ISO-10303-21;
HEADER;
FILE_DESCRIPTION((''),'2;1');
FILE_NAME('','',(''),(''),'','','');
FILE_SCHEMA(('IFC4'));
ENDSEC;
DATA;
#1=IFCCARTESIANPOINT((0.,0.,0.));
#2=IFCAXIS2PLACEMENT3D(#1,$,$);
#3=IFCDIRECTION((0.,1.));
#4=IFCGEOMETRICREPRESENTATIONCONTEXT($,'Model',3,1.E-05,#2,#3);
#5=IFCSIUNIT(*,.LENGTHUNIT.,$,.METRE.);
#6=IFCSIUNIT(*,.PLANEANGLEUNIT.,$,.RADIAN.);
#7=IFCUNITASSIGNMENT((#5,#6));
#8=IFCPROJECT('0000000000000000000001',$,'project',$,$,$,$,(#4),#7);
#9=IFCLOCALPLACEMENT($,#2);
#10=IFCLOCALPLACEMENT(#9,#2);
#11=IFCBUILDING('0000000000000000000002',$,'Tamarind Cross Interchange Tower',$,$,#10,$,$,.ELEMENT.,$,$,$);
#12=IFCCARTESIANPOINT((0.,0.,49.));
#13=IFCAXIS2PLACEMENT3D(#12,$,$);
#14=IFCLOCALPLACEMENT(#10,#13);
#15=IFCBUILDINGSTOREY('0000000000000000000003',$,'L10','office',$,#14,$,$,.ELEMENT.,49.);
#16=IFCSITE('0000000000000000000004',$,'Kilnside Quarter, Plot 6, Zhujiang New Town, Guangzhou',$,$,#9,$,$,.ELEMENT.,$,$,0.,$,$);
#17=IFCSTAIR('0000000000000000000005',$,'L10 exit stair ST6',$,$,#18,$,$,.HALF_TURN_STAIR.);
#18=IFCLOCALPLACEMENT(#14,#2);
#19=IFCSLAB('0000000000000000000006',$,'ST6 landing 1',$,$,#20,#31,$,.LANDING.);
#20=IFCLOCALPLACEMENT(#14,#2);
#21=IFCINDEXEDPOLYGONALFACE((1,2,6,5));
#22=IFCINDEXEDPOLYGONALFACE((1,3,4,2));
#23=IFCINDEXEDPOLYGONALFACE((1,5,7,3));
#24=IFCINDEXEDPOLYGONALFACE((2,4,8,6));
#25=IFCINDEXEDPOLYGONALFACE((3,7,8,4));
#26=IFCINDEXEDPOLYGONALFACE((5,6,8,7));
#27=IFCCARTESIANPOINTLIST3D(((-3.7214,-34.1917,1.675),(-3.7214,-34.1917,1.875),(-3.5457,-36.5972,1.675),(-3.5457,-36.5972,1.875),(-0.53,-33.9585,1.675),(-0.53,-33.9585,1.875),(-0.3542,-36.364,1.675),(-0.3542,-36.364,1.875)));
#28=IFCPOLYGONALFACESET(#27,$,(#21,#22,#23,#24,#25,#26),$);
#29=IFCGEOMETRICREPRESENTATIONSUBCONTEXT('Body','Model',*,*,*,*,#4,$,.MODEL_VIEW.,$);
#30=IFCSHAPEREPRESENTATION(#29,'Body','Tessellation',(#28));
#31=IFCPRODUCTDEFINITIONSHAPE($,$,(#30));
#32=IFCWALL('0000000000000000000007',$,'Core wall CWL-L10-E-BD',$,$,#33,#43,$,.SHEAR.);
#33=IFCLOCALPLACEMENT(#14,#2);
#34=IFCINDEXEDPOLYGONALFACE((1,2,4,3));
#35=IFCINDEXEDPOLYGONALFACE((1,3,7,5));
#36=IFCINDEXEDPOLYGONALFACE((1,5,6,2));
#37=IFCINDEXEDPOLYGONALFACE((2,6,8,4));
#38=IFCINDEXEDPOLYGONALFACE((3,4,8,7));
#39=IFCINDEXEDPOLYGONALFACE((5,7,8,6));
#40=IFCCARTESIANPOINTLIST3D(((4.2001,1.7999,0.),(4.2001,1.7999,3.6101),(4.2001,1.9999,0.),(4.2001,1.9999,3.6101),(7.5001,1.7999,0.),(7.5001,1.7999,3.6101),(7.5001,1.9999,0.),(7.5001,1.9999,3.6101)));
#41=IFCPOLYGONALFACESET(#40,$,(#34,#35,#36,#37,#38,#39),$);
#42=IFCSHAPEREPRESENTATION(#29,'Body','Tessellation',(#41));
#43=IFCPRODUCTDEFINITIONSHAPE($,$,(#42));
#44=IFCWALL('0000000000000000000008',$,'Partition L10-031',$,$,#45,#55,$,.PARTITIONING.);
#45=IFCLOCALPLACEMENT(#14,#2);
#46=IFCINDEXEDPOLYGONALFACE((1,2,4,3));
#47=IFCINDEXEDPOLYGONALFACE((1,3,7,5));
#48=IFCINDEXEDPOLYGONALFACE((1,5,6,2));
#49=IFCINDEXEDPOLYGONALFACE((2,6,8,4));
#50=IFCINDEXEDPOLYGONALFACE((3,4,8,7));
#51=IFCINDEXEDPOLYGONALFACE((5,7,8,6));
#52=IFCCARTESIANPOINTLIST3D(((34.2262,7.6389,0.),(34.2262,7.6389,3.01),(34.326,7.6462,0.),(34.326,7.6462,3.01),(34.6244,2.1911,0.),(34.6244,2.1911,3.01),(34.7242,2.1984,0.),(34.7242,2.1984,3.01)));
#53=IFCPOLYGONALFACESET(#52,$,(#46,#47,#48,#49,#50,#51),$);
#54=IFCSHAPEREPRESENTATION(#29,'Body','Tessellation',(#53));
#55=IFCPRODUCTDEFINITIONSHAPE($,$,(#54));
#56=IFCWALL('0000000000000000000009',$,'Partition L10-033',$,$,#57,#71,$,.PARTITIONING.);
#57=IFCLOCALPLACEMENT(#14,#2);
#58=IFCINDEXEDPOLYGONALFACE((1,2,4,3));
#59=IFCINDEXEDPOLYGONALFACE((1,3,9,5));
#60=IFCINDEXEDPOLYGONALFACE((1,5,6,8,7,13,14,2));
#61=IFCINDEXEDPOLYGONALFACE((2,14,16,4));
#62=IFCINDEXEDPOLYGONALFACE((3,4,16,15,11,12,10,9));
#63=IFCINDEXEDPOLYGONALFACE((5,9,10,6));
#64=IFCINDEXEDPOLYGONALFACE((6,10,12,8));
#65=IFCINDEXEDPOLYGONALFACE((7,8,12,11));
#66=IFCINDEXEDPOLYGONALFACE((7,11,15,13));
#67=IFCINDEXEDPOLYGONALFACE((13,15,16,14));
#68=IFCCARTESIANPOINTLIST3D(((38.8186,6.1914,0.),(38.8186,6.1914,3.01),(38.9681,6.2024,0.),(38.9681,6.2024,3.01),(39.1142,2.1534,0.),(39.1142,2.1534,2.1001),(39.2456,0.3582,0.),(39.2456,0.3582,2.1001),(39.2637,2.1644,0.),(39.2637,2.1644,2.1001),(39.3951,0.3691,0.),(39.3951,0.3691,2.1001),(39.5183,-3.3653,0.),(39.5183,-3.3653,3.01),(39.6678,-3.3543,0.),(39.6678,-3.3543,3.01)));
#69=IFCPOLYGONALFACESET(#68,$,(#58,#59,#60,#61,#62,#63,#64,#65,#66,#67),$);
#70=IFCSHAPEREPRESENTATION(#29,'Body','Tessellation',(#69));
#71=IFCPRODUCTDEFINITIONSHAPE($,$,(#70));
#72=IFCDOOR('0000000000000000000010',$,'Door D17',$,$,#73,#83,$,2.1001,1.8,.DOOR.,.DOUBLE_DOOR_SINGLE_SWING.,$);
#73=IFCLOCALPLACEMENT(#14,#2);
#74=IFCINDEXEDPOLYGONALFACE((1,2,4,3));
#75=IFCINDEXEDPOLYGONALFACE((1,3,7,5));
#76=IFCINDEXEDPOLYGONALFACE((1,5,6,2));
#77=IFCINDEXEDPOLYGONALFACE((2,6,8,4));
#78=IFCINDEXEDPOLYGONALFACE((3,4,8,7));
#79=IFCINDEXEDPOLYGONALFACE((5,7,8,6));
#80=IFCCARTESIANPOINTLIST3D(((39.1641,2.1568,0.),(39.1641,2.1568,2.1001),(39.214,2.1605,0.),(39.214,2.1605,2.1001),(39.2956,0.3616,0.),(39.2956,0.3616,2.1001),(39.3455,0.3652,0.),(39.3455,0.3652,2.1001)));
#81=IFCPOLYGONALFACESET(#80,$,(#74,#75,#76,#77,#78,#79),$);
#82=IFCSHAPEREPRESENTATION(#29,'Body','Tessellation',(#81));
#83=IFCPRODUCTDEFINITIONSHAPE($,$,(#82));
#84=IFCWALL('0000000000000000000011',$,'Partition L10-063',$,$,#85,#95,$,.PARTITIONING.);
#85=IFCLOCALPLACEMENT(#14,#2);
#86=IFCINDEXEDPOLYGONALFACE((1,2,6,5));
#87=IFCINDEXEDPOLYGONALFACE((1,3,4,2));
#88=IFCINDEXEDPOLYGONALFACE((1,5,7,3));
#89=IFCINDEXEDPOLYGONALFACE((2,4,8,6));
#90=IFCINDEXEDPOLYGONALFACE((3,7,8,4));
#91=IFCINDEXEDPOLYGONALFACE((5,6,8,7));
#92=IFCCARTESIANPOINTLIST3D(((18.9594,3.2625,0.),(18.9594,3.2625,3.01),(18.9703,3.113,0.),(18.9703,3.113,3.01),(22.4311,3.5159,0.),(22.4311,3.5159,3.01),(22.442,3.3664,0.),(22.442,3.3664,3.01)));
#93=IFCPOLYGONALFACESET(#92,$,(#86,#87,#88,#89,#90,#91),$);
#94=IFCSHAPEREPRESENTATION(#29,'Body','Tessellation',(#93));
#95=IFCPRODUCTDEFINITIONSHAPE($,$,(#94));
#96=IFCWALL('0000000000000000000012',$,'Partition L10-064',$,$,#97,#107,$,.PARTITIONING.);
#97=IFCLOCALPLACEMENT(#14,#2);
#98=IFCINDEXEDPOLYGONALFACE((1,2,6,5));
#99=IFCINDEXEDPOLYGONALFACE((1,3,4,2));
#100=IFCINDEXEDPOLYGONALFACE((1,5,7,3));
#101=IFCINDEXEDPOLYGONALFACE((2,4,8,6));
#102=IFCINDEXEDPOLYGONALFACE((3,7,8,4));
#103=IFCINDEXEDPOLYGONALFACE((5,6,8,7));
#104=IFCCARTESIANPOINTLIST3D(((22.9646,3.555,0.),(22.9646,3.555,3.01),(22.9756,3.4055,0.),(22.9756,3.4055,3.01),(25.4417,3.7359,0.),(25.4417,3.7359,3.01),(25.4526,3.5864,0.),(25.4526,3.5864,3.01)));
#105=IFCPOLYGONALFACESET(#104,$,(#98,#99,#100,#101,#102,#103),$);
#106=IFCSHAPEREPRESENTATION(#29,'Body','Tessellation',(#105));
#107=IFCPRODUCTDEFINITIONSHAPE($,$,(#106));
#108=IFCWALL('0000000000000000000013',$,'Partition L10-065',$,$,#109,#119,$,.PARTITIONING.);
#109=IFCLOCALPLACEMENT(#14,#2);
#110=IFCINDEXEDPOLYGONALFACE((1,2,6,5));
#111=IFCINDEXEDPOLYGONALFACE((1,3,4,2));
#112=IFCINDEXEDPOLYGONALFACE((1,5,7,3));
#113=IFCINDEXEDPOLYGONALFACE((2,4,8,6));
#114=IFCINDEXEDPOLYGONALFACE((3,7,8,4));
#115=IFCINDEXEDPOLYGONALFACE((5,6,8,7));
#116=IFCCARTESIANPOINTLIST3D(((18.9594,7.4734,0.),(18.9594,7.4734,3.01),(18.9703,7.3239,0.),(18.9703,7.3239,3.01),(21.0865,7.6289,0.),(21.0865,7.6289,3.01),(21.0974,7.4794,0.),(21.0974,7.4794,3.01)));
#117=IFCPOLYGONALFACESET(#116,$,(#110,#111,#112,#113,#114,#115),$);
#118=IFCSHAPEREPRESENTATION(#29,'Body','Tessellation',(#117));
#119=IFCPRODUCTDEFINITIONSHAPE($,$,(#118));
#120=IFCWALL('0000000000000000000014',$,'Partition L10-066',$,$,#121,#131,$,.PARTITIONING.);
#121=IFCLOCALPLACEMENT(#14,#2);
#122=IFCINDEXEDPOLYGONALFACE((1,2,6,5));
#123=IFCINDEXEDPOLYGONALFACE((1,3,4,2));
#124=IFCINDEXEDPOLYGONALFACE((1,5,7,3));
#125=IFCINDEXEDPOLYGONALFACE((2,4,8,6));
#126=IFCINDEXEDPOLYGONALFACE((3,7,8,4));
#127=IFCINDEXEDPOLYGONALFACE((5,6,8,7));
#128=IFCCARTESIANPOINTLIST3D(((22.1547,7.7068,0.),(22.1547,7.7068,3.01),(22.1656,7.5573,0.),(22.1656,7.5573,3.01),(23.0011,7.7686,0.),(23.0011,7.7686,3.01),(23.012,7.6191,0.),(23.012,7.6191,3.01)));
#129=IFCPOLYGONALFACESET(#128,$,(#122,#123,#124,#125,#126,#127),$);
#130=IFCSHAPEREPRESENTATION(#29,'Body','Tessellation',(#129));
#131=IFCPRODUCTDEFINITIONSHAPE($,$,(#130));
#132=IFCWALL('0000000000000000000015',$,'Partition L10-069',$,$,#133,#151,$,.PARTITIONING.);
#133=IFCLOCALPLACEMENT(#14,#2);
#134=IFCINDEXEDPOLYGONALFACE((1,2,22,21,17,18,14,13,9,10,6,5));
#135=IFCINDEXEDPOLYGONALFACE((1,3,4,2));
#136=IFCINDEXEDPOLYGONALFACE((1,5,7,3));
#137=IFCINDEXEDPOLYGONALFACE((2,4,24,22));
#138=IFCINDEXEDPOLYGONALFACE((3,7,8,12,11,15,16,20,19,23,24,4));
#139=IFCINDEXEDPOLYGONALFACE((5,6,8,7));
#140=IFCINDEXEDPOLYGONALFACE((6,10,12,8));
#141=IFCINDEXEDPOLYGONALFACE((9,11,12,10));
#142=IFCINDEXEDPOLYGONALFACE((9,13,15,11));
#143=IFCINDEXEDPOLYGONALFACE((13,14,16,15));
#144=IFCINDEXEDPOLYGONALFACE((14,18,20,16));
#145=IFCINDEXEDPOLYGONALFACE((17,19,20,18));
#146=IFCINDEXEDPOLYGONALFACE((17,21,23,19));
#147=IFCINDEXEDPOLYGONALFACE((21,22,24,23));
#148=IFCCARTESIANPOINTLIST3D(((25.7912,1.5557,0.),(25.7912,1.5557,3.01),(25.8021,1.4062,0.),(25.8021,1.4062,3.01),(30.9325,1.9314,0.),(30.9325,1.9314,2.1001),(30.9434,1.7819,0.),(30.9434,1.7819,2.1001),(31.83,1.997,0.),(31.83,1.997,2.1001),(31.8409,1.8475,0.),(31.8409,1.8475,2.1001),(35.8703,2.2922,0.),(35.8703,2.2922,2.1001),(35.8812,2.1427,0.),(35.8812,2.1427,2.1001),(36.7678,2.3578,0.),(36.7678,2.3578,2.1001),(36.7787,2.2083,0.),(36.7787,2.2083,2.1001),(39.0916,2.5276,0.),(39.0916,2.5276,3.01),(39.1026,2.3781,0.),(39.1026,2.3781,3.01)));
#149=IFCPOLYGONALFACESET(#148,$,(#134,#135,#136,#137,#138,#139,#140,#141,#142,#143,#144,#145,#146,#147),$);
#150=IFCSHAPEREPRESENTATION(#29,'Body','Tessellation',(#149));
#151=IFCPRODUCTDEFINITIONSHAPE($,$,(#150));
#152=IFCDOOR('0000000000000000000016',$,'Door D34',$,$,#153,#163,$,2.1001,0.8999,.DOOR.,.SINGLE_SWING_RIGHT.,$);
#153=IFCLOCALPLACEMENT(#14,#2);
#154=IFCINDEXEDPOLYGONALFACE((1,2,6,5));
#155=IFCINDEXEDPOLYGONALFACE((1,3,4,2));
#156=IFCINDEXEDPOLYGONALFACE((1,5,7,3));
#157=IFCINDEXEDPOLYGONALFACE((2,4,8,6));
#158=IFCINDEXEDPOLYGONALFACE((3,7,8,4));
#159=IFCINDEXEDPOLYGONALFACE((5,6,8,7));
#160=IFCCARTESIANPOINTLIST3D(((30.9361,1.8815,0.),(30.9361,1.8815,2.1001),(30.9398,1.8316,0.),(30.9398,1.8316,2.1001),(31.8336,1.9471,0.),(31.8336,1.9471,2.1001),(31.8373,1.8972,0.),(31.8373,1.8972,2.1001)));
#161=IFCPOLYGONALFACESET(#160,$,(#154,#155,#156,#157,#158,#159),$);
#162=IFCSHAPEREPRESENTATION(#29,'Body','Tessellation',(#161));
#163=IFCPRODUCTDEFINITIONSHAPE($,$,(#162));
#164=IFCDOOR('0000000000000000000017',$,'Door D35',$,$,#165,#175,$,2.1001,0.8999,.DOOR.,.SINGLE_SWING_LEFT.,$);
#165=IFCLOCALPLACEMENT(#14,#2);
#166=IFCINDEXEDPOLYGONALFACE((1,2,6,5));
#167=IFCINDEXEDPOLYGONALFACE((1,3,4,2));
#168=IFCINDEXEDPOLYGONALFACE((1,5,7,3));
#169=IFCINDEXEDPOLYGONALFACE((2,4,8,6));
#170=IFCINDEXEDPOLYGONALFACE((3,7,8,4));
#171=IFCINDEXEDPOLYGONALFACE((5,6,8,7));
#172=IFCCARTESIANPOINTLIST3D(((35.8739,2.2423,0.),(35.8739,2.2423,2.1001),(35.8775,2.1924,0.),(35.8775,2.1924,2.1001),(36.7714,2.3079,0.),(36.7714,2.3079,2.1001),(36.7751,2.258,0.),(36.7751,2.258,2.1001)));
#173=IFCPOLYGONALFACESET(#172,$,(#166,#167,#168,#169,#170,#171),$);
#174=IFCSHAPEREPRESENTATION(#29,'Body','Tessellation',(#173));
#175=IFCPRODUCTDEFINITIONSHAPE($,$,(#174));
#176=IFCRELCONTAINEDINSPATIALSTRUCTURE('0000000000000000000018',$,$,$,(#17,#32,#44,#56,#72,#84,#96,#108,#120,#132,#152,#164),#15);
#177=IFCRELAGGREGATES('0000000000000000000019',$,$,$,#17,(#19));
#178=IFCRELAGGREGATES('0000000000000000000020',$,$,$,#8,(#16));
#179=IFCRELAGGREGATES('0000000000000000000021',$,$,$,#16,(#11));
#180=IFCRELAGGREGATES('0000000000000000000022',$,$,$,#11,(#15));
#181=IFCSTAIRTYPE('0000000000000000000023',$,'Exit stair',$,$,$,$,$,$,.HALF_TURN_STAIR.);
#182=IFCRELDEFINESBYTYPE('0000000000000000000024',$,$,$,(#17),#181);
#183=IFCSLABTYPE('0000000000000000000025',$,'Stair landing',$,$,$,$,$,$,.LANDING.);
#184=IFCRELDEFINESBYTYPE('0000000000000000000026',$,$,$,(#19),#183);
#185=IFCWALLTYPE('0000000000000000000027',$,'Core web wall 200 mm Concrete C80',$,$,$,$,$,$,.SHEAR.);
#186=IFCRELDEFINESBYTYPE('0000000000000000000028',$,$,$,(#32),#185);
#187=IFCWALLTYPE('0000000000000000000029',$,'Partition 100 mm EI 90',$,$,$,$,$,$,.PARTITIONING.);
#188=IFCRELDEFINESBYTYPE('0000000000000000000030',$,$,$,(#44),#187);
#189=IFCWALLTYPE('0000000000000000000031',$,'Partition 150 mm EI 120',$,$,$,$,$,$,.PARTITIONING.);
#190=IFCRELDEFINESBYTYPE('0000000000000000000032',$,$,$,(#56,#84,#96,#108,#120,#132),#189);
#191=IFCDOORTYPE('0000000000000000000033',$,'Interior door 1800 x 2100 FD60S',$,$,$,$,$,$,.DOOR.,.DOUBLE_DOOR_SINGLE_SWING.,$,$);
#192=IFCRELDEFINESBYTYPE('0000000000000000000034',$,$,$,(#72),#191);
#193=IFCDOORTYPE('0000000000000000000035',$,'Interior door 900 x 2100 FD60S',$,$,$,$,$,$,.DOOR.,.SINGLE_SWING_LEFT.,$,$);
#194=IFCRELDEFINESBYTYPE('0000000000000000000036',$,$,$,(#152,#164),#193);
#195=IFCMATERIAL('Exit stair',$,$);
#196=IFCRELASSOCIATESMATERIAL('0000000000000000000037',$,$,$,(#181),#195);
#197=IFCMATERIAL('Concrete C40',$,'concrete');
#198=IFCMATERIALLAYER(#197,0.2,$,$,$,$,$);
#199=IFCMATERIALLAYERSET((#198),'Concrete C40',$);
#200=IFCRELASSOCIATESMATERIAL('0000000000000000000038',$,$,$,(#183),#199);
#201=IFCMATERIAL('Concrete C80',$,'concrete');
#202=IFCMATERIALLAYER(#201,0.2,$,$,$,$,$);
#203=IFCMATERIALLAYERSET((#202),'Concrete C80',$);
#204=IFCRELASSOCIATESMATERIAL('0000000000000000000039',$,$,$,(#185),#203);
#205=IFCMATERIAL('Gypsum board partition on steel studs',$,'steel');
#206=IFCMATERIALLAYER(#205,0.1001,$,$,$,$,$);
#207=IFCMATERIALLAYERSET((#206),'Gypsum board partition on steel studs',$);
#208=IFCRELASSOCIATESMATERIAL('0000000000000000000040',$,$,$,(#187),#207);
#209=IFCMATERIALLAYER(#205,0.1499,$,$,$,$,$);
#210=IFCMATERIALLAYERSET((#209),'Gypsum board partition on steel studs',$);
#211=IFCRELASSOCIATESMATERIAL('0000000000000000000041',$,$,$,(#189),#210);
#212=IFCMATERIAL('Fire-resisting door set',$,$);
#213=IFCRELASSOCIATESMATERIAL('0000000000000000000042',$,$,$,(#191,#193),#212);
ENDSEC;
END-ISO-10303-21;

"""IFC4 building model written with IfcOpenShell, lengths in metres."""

from ifc_helpers import new_model, si_unit, direction, frame, frame_2d, origin, place, context, subcontext, project, spatial, polyline, rectangle, outline, extrude, material, layer, layer_set, type_object, element, fill, aggregate, save


model = new_model("IFC4")

# Units and contexts
model_context = context("Model", 3, precision=1e-05, world=origin(), true_north=direction((0.0, 1.0)))
body_context = subcontext(model_context, "Body", "Model", "MODEL_VIEW")
ifc_project = project(units=[si_unit("LENGTHUNIT", "METRE"), si_unit("PLANEANGLEUNIT", "RADIAN")], contexts=[model_context])

# Site, building, storey
site_placement = place(None, origin())
site = spatial("IfcSite", under=ifc_project, at=site_placement, Name="Kilnside Quarter, Plot 6, Zhujiang New Town, Guangzhou", CompositionType="ELEMENT", RefElevation=0.0)
building_placement = place(site_placement, origin())
building = spatial("IfcBuilding", under=site, at=building_placement, Name="Tamarind Cross Interchange Tower", CompositionType="ELEMENT")
storey_placement = place(building_placement, frame((0.0, 0.0, 49.0)))
storey = spatial("IfcBuildingStorey", under=building, at=storey_placement, Name="L10", Description="office", CompositionType="ELEMENT", Elevation=49.0)

# Stair, slab
ifc_material_1 = material(Name="Exit stair")
stair_type = type_object("IfcStairType", Name="Exit stair", PredefinedType="HALF_TURN_STAIR", material=ifc_material_1)
ifc_material_2 = material(Name="Concrete C40", Category="concrete")
ifc_layer_1 = layer(ifc_material_2, 0.2)
ifc_layer_set_1 = layer_set([ifc_layer_1], Name="Concrete C40")
slab_type = type_object("IfcSlabType", Name="Stair landing", PredefinedType="LANDING", material=ifc_layer_set_1)
stair_1_placement = place(storey_placement, origin())
stair_1 = element("IfcStair", 1, at=stair_1_placement, inside=storey, type_object=stair_type, Name="L10 exit stair ST6", PredefinedType="HALF_TURN_STAIR")
slab_1_placement = place(storey_placement, frame((0.0, 0.0, 1.675)))
slab_1 = element("IfcSlab", 2, at=slab_1_placement, type_object=slab_type, Name="ST6 landing 1", PredefinedType="LANDING", context=body_context, shape_type="SweptSolid", body=[
    extrude(outline(polyline([(-3.7214, -34.1917), (-3.5457, -36.5972), (-0.3542, -36.364), (-0.53, -33.9585), (-3.7214, -34.1917)])), origin(), (0.0, 0.0, 1.0), 0.2),
])
aggregate(stair_1, [slab_1])

# Walls
ifc_material_3 = material(Name="Concrete C80", Category="concrete")
ifc_layer_2 = layer(ifc_material_3, 0.2)
ifc_layer_set_2 = layer_set([ifc_layer_2], Name="Concrete C80")
wall_type_1 = type_object("IfcWallType", Name="Core web wall 200 mm Concrete C80", PredefinedType="SHEAR", material=ifc_layer_set_2)
wall_1_placement = place(storey_placement, frame((7.5, 1.8999, 0.0), z_axis=(0.0, 0.0, 1.0), x_axis=(-1.0, 0.0, 0.0)))
element("IfcWall", 3, at=wall_1_placement, inside=storey, type_object=wall_type_1, Name="Core wall CWL-L10-E-BD", PredefinedType="SHEAR", context=body_context, shape_type="SweptSolid", body=[
    extrude(rectangle(XDim=3.3, YDim=0.2, at=frame_2d((1.6499, 0.0))), origin(), (0.0, 0.0, 1.0), 3.6101),
])
ifc_material_4 = material(Name="Gypsum board partition on steel studs", Category="steel")
ifc_layer_3 = layer(ifc_material_4, 0.1001)
ifc_layer_set_3 = layer_set([ifc_layer_3], Name="Gypsum board partition on steel studs")
wall_type_2 = type_object("IfcWallType", Name="Partition 100 mm EI 90", PredefinedType="PARTITIONING", material=ifc_layer_set_3)
wall_2_placement = place(storey_placement, frame((34.2761, 7.6426, 0.0), z_axis=(0.0, 0.0, 1.0), x_axis=(0.072899, -0.997339, 0.0)))
element("IfcWall", 4, at=wall_2_placement, inside=storey, type_object=wall_type_2, Name="Partition L10-031", PredefinedType="PARTITIONING", context=body_context, shape_type="SweptSolid", body=[
    extrude(rectangle(XDim=5.4624, YDim=0.1001, at=frame_2d((2.7312, 0.0))), origin(), (0.0, 0.0, 1.0), 3.01),
])

# Wall, opening, door
ifc_layer_4 = layer(ifc_material_4, 0.1499)
ifc_layer_set_4 = layer_set([ifc_layer_4], Name="Gypsum board partition on steel studs")
wall_type_3 = type_object("IfcWallType", Name="Partition 150 mm EI 120", PredefinedType="PARTITIONING", material=ifc_layer_set_4)
wall_3_placement = place(storey_placement, frame((38.8933, 6.1968, 0.0), z_axis=(0.0, 0.0, 1.0), x_axis=(0.073021, -0.99733, 0.0)))
wall_3 = element("IfcWall", 5, at=wall_3_placement, inside=storey, type_object=wall_type_3, Name="Partition L10-033", PredefinedType="PARTITIONING", context=body_context, shape_type="SweptSolid", body=[
    extrude(rectangle(XDim=9.5823, YDim=0.1499, at=frame_2d((4.791, 0.0))), origin(), (0.0, 0.0, 1.0), 3.01),
])
opening_1_placement = place(wall_3_placement, frame((4.0488, 0.0, 0.0)))
opening_1 = element("IfcOpeningElement", 6, at=opening_1_placement, cuts=wall_3, PredefinedType="OPENING", context=body_context, shape_type="SweptSolid", body=[
    extrude(rectangle(XDim=1.8, YDim=2.1001, at=frame_2d((0.8999, 1.05))), frame((0.0, 0.085, 0.0), z_axis=(0.0, -1.0, 0.0), x_axis=(1.0, 0.0, 0.0)), (0.0, 0.0, 1.0), 0.1699),
])
ifc_material_5 = material(Name="Fire-resisting door set")
door_type_1 = type_object("IfcDoorType", Name="Interior door 1800 x 2100 FD60S", OperationType="DOUBLE_DOOR_SINGLE_SWING", PredefinedType="DOOR", material=ifc_material_5)
door_1_placement = place(opening_1_placement, frame((1.8, 0.0, 0.0), z_axis=(0.0, 0.0, 1.0), x_axis=(-1.0, 0.0, 0.0)))
door_1 = element("IfcDoor", 7, at=door_1_placement, inside=storey, type_object=door_type_1, Name="Door D17", OperationType="DOUBLE_DOOR_SINGLE_SWING", OverallHeight=2.1001, OverallWidth=1.8, PredefinedType="DOOR", context=body_context, shape_type="SweptSolid", body=[
    extrude(rectangle(XDim=1.8, YDim=2.1001, at=frame_2d((0.8999, 1.05))), frame((0.0, 0.0249, 0.0), z_axis=(0.0, -1.0, 0.0), x_axis=(1.0, 0.0, 0.0)), (0.0, 0.0, 1.0), 0.05),
])
fill(opening_1, door_1)

# Walls
wall_4_placement = place(storey_placement, frame((18.9648, 3.1877, 0.0), z_axis=(0.0, 0.0, 1.0), x_axis=(0.997346, 0.072802, 0.0)))
element("IfcWall", 8, at=wall_4_placement, inside=storey, type_object=wall_type_3, Name="Partition L10-063", PredefinedType="PARTITIONING", context=body_context, shape_type="SweptSolid", body=[
    extrude(rectangle(XDim=3.481, YDim=0.1499, at=frame_2d((1.7405, 0.0))), origin(), (0.0, 0.0, 1.0), 3.01),
])
wall_5_placement = place(storey_placement, frame((22.9702, 3.4802, 0.0), z_axis=(0.0, 0.0, 1.0), x_axis=(0.997344, 0.07284, 0.0)))
element("IfcWall", 9, at=wall_5_placement, inside=storey, type_object=wall_type_3, Name="Partition L10-064", PredefinedType="PARTITIONING", context=body_context, shape_type="SweptSolid", body=[
    extrude(rectangle(XDim=2.4836, YDim=0.1499, at=frame_2d((1.2417, 0.0))), origin(), (0.0, 0.0, 1.0), 3.01),
])
wall_6_placement = place(storey_placement, frame((18.9648, 7.3987, 0.0), z_axis=(0.0, 0.0, 1.0), x_axis=(0.997338, 0.072915, 0.0)))
element("IfcWall", 10, at=wall_6_placement, inside=storey, type_object=wall_type_3, Name="Partition L10-065", PredefinedType="PARTITIONING", context=body_context, shape_type="SweptSolid", body=[
    extrude(rectangle(XDim=2.1328, YDim=0.1499, at=frame_2d((1.0664, 0.0))), origin(), (0.0, 0.0, 1.0), 3.01),
])
wall_7_placement = place(storey_placement, frame((22.1602, 7.6321, 0.0), z_axis=(0.0, 0.0, 1.0), x_axis=(0.997348, 0.07278, 0.0)))
element("IfcWall", 11, at=wall_7_placement, inside=storey, type_object=wall_type_3, Name="Partition L10-066", PredefinedType="PARTITIONING", context=body_context, shape_type="SweptSolid", body=[
    extrude(rectangle(XDim=0.8486, YDim=0.1499, at=frame_2d((0.4243, 0.0))), origin(), (0.0, 0.0, 1.0), 3.01),
])

# Wall, openings, doors
wall_8_placement = place(storey_placement, frame((25.7966, 1.481, 0.0), z_axis=(0.0, 0.0, 1.0), x_axis=(0.997341, 0.07288, 0.0)))
wall_8 = element("IfcWall", 12, at=wall_8_placement, inside=storey, type_object=wall_type_3, Name="Partition L10-069", PredefinedType="PARTITIONING", context=body_context, shape_type="SweptSolid", body=[
    extrude(rectangle(XDim=13.3359, YDim=0.1499, at=frame_2d((6.668, 0.0))), origin(), (0.0, 0.0, 1.0), 3.01),
])
opening_2_placement = place(wall_8_placement, frame((5.155, 0.0, 0.0)))
opening_2 = element("IfcOpeningElement", 13, at=opening_2_placement, cuts=wall_8, PredefinedType="OPENING", context=body_context, shape_type="SweptSolid", body=[
    extrude(rectangle(XDim=0.8999, YDim=2.1001, at=frame_2d((0.45, 1.05))), frame((0.0, 0.085, 0.0), z_axis=(0.0, -1.0, 0.0), x_axis=(1.0, 0.0, 0.0)), (0.0, 0.0, 1.0), 0.1699),
])
opening_3_placement = place(wall_8_placement, frame((10.106, 0.0, 0.0)))
opening_3 = element("IfcOpeningElement", 14, at=opening_3_placement, cuts=wall_8, PredefinedType="OPENING", context=body_context, shape_type="SweptSolid", body=[
    extrude(rectangle(XDim=0.8999, YDim=2.1001, at=frame_2d((0.45, 1.05))), frame((0.0, 0.085, 0.0), z_axis=(0.0, -1.0, 0.0), x_axis=(1.0, 0.0, 0.0)), (0.0, 0.0, 1.0), 0.1699),
])
door_type_2 = type_object("IfcDoorType", Name="Interior door 900 x 2100 FD60S", OperationType="SINGLE_SWING_LEFT", PredefinedType="DOOR", material=ifc_material_5)
door_2_placement = place(opening_2_placement, origin())
door_2 = element("IfcDoor", 15, at=door_2_placement, inside=storey, type_object=door_type_2, Name="Door D34", OperationType="SINGLE_SWING_RIGHT", OverallHeight=2.1001, OverallWidth=0.8999, PredefinedType="DOOR", context=body_context, shape_type="SweptSolid", body=[
    extrude(rectangle(XDim=0.8999, YDim=2.1001, at=frame_2d((0.45, 1.05))), frame((0.0, 0.0249, 0.0), z_axis=(0.0, -1.0, 0.0), x_axis=(1.0, 0.0, 0.0)), (0.0, 0.0, 1.0), 0.05),
])
fill(opening_2, door_2)
door_3_placement = place(opening_3_placement, origin())
door_3 = element("IfcDoor", 16, at=door_3_placement, inside=storey, type_object=door_type_2, Name="Door D35", OperationType="SINGLE_SWING_LEFT", OverallHeight=2.1001, OverallWidth=0.8999, PredefinedType="DOOR", context=body_context, shape_type="SweptSolid", body=[
    extrude(rectangle(XDim=0.8999, YDim=2.1001, at=frame_2d((0.45, 1.05))), frame((0.0, 0.0249, 0.0), z_axis=(0.0, -1.0, 0.0), x_axis=(1.0, 0.0, 0.0)), (0.0, 0.0, 1.0), 0.05),
])
fill(opening_3, door_3)

save(model, "model.ifc")
